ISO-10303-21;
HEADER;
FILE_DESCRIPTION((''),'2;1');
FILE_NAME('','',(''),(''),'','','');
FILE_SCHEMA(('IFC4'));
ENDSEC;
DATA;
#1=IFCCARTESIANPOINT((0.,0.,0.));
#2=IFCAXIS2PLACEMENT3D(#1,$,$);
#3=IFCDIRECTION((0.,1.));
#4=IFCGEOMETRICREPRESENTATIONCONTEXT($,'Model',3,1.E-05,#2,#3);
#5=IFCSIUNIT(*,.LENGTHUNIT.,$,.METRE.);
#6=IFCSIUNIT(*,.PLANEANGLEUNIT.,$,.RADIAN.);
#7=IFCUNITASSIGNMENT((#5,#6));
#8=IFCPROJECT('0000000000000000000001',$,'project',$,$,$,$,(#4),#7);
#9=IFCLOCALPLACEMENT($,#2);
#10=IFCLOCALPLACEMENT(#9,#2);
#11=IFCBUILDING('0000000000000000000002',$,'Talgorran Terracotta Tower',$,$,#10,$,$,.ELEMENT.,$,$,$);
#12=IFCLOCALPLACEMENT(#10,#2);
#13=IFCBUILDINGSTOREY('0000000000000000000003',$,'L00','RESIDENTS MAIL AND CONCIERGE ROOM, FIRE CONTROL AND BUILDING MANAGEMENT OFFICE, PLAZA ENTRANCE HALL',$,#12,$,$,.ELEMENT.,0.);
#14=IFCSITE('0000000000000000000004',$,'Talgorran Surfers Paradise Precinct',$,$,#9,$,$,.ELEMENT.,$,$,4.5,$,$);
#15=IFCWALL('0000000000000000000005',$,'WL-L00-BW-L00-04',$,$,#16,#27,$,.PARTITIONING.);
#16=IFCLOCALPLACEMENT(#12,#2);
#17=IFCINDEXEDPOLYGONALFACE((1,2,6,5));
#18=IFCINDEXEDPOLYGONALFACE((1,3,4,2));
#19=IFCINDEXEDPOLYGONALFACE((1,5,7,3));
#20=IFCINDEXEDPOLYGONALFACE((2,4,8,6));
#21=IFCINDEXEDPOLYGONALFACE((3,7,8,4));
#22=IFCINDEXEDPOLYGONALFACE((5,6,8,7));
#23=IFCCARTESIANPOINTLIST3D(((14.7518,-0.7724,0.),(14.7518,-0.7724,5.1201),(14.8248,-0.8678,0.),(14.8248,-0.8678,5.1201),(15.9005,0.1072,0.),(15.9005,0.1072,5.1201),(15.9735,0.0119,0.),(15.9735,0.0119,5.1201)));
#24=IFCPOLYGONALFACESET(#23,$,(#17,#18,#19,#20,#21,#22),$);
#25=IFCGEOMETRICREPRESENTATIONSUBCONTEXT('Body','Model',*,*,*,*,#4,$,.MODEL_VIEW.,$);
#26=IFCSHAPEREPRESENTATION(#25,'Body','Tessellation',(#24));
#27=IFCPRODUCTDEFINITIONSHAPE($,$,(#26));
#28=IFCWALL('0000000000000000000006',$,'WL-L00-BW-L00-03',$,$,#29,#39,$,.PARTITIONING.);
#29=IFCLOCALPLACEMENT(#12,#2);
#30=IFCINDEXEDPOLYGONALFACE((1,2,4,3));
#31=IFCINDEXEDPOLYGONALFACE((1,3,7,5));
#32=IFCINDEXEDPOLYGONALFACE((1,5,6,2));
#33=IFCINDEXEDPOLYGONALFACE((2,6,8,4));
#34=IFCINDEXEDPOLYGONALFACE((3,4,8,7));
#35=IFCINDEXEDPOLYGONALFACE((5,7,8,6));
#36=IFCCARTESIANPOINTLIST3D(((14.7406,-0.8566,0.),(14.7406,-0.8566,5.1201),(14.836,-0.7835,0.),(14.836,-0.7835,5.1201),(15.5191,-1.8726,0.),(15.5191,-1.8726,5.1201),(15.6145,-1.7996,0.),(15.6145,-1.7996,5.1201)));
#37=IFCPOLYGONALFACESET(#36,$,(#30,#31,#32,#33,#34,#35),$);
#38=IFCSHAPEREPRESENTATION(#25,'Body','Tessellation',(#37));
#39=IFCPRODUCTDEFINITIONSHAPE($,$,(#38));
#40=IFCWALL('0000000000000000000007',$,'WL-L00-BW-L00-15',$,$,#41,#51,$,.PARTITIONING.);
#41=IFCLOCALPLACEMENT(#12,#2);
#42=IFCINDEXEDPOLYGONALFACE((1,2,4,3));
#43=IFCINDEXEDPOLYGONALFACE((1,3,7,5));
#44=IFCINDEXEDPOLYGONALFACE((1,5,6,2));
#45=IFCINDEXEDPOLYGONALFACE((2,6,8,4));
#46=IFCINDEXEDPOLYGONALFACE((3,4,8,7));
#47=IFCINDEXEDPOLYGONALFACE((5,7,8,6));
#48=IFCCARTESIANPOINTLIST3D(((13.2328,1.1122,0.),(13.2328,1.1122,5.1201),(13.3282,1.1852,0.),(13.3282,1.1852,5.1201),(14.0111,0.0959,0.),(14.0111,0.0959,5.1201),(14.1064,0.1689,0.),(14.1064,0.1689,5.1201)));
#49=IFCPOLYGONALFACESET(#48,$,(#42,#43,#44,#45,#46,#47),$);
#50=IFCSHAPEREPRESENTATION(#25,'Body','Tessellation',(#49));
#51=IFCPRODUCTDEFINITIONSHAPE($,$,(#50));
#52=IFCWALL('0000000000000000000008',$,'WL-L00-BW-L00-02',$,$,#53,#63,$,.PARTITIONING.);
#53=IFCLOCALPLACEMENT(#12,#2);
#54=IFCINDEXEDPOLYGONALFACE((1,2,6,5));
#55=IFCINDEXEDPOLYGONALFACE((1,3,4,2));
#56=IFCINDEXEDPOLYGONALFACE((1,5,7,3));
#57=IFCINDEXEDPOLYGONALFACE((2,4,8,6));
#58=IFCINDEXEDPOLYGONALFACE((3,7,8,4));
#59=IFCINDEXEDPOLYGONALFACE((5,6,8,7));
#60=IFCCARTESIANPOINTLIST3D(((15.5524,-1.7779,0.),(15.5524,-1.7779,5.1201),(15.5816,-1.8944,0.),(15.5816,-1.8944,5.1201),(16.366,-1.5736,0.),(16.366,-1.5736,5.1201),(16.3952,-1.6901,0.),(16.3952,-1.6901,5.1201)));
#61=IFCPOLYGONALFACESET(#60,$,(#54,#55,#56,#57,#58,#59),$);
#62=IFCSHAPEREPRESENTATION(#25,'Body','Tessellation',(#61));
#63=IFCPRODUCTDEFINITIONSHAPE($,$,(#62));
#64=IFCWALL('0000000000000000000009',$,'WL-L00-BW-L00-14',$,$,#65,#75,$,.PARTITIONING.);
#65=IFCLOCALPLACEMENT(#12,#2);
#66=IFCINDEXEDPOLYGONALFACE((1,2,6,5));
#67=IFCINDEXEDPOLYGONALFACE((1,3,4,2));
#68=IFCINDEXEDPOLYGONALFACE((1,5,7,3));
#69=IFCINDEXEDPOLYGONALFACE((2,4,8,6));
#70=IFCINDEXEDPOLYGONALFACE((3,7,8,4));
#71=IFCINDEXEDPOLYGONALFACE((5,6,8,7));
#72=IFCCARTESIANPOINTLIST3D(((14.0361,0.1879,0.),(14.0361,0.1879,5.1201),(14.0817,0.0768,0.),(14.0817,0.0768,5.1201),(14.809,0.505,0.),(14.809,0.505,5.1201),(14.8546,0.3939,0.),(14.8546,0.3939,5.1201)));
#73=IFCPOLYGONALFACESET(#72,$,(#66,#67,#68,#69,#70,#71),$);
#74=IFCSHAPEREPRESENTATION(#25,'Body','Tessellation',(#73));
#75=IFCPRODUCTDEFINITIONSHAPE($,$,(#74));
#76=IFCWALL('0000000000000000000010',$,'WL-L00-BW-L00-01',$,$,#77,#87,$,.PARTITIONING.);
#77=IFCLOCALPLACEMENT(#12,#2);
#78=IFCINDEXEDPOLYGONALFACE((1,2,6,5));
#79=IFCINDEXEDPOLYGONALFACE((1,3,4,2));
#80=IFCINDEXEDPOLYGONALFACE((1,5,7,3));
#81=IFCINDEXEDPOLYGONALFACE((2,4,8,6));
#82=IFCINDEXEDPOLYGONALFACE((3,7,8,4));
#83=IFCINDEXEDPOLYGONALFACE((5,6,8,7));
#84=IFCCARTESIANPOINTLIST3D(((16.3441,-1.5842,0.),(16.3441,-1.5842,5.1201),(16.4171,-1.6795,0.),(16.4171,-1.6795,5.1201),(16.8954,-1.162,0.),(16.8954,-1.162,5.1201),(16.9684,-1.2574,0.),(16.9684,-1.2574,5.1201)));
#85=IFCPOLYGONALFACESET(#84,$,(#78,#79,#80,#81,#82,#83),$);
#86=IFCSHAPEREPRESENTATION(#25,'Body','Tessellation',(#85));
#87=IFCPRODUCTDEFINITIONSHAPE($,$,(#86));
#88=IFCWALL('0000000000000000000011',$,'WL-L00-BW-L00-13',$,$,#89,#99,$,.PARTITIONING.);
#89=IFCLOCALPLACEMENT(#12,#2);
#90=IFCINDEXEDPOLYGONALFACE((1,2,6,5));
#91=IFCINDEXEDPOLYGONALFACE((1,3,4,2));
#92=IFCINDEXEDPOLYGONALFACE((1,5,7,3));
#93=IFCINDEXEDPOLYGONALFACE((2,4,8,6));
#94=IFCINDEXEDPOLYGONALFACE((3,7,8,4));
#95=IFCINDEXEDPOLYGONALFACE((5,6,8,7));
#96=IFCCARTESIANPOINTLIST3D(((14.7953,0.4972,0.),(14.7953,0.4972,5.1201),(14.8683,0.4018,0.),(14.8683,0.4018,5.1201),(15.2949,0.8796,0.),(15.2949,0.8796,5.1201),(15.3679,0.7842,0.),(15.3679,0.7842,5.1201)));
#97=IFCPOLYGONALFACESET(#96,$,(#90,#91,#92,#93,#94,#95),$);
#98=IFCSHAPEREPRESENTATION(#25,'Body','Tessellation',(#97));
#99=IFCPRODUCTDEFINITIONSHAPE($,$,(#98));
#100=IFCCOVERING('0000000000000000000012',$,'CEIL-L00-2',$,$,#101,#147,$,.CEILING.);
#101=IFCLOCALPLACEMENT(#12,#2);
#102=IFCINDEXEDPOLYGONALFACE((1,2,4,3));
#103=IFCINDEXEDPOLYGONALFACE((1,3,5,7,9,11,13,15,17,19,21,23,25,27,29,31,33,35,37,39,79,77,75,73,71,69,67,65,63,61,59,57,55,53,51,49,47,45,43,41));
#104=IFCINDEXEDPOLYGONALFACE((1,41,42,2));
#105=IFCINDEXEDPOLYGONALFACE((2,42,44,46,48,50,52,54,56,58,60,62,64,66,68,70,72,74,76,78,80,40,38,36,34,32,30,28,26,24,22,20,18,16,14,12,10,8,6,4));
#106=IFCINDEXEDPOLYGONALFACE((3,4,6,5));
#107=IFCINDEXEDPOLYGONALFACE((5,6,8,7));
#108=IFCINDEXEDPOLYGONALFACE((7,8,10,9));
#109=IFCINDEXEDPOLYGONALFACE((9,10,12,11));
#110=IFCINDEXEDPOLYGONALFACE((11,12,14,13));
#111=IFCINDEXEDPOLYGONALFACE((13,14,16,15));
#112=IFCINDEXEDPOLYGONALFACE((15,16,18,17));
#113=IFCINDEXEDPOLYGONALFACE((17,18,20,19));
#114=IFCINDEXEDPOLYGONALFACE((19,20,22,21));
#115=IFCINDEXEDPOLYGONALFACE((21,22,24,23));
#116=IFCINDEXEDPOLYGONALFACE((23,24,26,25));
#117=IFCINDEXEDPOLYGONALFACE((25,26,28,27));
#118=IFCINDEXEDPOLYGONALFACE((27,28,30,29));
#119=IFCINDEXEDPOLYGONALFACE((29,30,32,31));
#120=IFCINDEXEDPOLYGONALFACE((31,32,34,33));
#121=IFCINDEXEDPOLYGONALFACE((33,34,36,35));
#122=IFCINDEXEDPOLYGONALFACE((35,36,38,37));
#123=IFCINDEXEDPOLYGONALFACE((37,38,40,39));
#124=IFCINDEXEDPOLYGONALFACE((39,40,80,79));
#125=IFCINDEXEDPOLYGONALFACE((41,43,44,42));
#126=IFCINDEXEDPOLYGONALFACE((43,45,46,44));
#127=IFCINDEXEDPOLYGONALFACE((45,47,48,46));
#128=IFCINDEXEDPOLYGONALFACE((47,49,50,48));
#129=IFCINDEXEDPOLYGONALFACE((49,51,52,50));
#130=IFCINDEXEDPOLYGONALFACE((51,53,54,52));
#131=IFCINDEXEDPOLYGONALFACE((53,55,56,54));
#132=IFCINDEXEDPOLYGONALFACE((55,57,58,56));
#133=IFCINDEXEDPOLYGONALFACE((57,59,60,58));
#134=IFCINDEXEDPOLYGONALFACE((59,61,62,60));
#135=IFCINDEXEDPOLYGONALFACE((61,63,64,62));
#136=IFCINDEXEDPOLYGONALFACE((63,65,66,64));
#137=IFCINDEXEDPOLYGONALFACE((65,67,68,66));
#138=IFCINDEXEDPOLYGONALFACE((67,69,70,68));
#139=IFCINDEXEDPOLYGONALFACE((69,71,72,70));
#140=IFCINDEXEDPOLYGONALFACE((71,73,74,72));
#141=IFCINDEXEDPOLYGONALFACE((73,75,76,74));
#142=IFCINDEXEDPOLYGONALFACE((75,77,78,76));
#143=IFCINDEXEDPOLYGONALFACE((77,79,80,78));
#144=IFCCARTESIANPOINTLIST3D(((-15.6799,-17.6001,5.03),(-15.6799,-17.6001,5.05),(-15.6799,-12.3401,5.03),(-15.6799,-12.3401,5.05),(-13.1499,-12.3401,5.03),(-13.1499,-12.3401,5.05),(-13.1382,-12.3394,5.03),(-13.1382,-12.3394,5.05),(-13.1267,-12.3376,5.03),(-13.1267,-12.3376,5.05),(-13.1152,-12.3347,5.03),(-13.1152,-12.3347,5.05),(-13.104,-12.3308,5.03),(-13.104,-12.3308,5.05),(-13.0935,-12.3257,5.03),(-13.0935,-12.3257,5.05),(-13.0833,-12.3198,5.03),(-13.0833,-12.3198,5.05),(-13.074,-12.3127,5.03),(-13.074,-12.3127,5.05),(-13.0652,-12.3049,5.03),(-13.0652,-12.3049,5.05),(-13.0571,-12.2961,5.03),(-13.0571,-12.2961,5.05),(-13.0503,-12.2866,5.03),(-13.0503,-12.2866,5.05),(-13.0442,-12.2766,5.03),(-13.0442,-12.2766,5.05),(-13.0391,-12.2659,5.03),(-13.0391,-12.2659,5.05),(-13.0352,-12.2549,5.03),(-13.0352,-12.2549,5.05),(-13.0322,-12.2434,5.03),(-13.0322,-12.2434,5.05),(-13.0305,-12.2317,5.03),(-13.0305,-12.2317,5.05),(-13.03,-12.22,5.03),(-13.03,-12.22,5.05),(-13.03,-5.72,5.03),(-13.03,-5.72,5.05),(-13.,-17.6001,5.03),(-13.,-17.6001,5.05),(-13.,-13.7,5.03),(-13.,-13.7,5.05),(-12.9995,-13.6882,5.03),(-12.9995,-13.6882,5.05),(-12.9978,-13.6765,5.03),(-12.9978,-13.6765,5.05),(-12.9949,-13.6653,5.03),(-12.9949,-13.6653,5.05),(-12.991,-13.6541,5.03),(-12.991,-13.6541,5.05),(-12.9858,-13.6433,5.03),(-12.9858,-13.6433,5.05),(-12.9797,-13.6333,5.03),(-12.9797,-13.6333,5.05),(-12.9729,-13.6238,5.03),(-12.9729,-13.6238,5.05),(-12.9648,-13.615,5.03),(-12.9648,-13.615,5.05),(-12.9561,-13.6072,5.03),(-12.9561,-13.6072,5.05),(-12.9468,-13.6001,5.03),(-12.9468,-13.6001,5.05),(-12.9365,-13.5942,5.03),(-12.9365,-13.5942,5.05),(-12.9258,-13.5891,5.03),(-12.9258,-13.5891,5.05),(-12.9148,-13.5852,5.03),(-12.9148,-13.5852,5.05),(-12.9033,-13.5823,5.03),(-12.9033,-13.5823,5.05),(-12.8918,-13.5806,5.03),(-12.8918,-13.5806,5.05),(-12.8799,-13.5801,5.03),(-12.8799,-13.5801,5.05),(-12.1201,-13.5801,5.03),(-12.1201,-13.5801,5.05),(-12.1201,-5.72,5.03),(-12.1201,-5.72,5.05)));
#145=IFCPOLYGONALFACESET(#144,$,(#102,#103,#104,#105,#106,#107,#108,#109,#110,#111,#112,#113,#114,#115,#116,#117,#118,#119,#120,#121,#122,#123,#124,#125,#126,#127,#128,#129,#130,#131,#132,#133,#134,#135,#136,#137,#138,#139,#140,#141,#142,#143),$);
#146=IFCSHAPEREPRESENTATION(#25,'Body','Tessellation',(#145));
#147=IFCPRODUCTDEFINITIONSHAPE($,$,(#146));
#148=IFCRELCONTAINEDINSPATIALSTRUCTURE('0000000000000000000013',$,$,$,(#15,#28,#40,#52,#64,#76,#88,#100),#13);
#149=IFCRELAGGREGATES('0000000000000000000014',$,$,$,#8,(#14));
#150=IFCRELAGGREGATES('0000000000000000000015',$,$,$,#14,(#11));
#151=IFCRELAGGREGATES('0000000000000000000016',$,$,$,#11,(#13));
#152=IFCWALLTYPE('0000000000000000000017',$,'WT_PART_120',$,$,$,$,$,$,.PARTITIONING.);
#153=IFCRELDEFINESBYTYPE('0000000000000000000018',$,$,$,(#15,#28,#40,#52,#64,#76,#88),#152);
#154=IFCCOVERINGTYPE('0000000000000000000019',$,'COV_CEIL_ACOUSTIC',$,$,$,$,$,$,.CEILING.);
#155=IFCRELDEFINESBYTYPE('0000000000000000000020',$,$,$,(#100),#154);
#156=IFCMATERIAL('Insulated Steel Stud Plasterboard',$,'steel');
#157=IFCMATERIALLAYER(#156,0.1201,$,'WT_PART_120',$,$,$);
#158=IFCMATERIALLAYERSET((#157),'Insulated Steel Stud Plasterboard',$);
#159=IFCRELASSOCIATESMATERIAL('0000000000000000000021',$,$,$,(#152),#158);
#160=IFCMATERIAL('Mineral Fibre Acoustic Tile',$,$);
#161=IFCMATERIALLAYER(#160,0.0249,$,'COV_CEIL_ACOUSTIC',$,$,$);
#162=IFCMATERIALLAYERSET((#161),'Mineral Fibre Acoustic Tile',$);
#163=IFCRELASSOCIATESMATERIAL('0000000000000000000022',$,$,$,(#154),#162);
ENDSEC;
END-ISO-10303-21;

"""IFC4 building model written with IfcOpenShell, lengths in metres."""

from ifc_helpers import new_model, si_unit, direction, frame, frame_2d, origin, place, context, subcontext, project, spatial, polyline, rectangle, outline, extrude, material, layer, layer_set, type_object, element, save


model = new_model("IFC4")

# Units and contexts
model_context = context("Model", 3, precision=1e-05, world=origin(), true_north=direction((0.0, 1.0)))
body_context = subcontext(model_context, "Body", "Model", "MODEL_VIEW")
ifc_project = project(units=[si_unit("LENGTHUNIT", "METRE"), si_unit("PLANEANGLEUNIT", "RADIAN")], contexts=[model_context])

# Site, building, storey
site_placement = place(None, origin())
site = spatial("IfcSite", under=ifc_project, at=site_placement, Name="Talgorran Surfers Paradise Precinct", CompositionType="ELEMENT", RefElevation=4.5)
building_placement = place(site_placement, origin())
building = spatial("IfcBuilding", under=site, at=building_placement, Name="Talgorran Terracotta Tower", CompositionType="ELEMENT")
storey_placement = place(building_placement, origin())
storey = spatial("IfcBuildingStorey", under=building, at=storey_placement, Name="L00", Description="RESIDENTS MAIL AND CONCIERGE ROOM, FIRE CONTROL AND BUILDING MANAGEMENT OFFICE, PLAZA ENTRANCE HALL", CompositionType="ELEMENT", Elevation=0.0)

# Walls
ifc_material_1 = material(Name="Insulated Steel Stud Plasterboard", Category="steel")
ifc_layer_1 = layer(ifc_material_1, 0.1201, Name="WT_PART_120")
ifc_layer_set_1 = layer_set([ifc_layer_1], Name="Insulated Steel Stud Plasterboard")
wall_type = type_object("IfcWallType", Name="WT_PART_120", PredefinedType="PARTITIONING", material=ifc_layer_set_1)
wall_1_placement = place(storey_placement, frame((14.7883, -0.8201, 0.0), z_axis=(0.0, 0.0, 1.0), x_axis=(0.793946, 0.607989, 0.0)))
element("IfcWall", 1, at=wall_1_placement, inside=storey, type_object=wall_type, Name="WL-L00-BW-L00-04", PredefinedType="PARTITIONING", context=body_context, shape_type="SweptSolid", body=[
    extrude(rectangle(XDim=1.4468, YDim=0.1201, at=frame_2d((0.7234, 0.0))), origin(), (0.0, 0.0, 1.0), 5.1201),
])
for number, where, z_axis, x_axis, name in (
    (2, (15.5669, -1.8362, 0.0), (0.0, 0.0, 1.0), (-0.608207, 0.793778, 0.0), "WL-L00-BW-L00-03"),
    (3, (14.0588, 0.1323, 0.0), (0.0, 0.0, 1.0), (-0.607995, 0.793941, 0.0), "WL-L00-BW-L00-15"),
):
    element("IfcWall", number, at=place(storey_placement, frame(where, z_axis=z_axis, x_axis=x_axis)), inside=storey, type_object=wall_type, Name=name, PredefinedType="PARTITIONING", context=body_context, shape_type="SweptSolid", body=[
        extrude(rectangle(XDim=1.28, YDim=0.1201, at=frame_2d((0.6401, 0.0))), origin(), (0.0, 0.0, 1.0), 5.1201),
    ])
wall_2_placement = place(storey_placement, frame((16.3806, -1.6318, 0.0), z_axis=(0.0, 0.0, 1.0), x_axis=(-0.969885, -0.243563, 0.0)))
element("IfcWall", 4, at=wall_2_placement, inside=storey, type_object=wall_type, Name="WL-L00-BW-L00-02", PredefinedType="PARTITIONING", context=body_context, shape_type="SweptSolid", body=[
    extrude(rectangle(XDim=0.8389, YDim=0.1201, at=frame_2d((0.4194, 0.0))), origin(), (0.0, 0.0, 1.0), 5.1201),
])
wall_3_placement = place(storey_placement, frame((14.8318, 0.4495, 0.0), z_axis=(0.0, 0.0, 1.0), x_axis=(-0.925155, -0.379588, 0.0)))
element("IfcWall", 5, at=wall_3_placement, inside=storey, type_object=wall_type, Name="WL-L00-BW-L00-14", PredefinedType="PARTITIONING", context=body_context, shape_type="SweptSolid", body=[
    extrude(rectangle(XDim=0.8354, YDim=0.1201, at=frame_2d((0.4177, 0.0))), origin(), (0.0, 0.0, 1.0), 5.1201),
])
wall_4_placement = place(storey_placement, frame((16.9319, -1.2097, 0.0), z_axis=(0.0, 0.0, 1.0), x_axis=(-0.793968, -0.607959, 0.0)))
element("IfcWall", 6, at=wall_4_placement, inside=storey, type_object=wall_type, Name="WL-L00-BW-L00-01", PredefinedType="PARTITIONING", context=body_context, shape_type="SweptSolid", body=[
    extrude(rectangle(XDim=0.6943, YDim=0.1201, at=frame_2d((0.3472, 0.0))), origin(), (0.0, 0.0, 1.0), 5.1201),
])
wall_5_placement = place(storey_placement, frame((15.3313, 0.8318, 0.0), z_axis=(0.0, 0.0, 1.0), x_axis=(-0.794093, -0.607796, 0.0)))
element("IfcWall", 7, at=wall_5_placement, inside=storey, type_object=wall_type, Name="WL-L00-BW-L00-13", PredefinedType="PARTITIONING", context=body_context, shape_type="SweptSolid", body=[
    extrude(rectangle(XDim=0.6292, YDim=0.1201, at=frame_2d((0.3145, 0.0))), origin(), (0.0, 0.0, 1.0), 5.1201),
])

# Covering
ifc_material_2 = material(Name="Mineral Fibre Acoustic Tile")
ifc_layer_2 = layer(ifc_material_2, 0.0249, Name="COV_CEIL_ACOUSTIC")
ifc_layer_set_2 = layer_set([ifc_layer_2], Name="Mineral Fibre Acoustic Tile")
covering_type_1 = type_object("IfcCoveringType", Name="COV_CEIL_ACOUSTIC", PredefinedType="CEILING", material=ifc_layer_set_2)
covering_1_placement = place(storey_placement, frame((0.0, 0.0, 5.03)))
element("IfcCovering", 8, at=covering_1_placement, inside=storey, type_object=covering_type_1, Name="CEIL-L00-2", PredefinedType="CEILING", context=body_context, shape_type="SweptSolid", body=[
    extrude(outline(polyline([(-12.1201, -5.72), (-12.1201, -13.5801), (-12.8799, -13.5801), (-12.8918, -13.5806), (-12.9033, -13.5823), (-12.9148, -13.5852), (-12.9258, -13.5891), (-12.9365, -13.5942), (-12.9468, -13.6001), (-12.9561, -13.6072), (-12.9648, -13.615), (-12.9729, -13.6238), (-12.9797, -13.6333), (-12.9858, -13.6433), (-12.991, -13.6541), (-12.9949, -13.6653), (-12.9978, -13.6765), (-12.9995, -13.6882), (-13.0, -13.7), (-13.0, -17.6001), (-15.6799, -17.6001), (-15.6799, -12.3401), (-13.1499, -12.3401), (-13.1382, -12.3394), (-13.1267, -12.3376), (-13.1152, -12.3347), (-13.104, -12.3308), (-13.0935, -12.3257), (-13.0833, -12.3198), (-13.074, -12.3127), (-13.0652, -12.3049), (-13.0571, -12.2961), (-13.0503, -12.2866), (-13.0442, -12.2766), (-13.0391, -12.2659), (-13.0352, -12.2549), (-13.0322, -12.2434), (-13.0305, -12.2317), (-13.03, -12.22), (-13.03, -5.72), (-12.1201, -5.72)])), origin(), (0.0, 0.0, 1.0), 0.02),
])

save(model, "model.ifc")
